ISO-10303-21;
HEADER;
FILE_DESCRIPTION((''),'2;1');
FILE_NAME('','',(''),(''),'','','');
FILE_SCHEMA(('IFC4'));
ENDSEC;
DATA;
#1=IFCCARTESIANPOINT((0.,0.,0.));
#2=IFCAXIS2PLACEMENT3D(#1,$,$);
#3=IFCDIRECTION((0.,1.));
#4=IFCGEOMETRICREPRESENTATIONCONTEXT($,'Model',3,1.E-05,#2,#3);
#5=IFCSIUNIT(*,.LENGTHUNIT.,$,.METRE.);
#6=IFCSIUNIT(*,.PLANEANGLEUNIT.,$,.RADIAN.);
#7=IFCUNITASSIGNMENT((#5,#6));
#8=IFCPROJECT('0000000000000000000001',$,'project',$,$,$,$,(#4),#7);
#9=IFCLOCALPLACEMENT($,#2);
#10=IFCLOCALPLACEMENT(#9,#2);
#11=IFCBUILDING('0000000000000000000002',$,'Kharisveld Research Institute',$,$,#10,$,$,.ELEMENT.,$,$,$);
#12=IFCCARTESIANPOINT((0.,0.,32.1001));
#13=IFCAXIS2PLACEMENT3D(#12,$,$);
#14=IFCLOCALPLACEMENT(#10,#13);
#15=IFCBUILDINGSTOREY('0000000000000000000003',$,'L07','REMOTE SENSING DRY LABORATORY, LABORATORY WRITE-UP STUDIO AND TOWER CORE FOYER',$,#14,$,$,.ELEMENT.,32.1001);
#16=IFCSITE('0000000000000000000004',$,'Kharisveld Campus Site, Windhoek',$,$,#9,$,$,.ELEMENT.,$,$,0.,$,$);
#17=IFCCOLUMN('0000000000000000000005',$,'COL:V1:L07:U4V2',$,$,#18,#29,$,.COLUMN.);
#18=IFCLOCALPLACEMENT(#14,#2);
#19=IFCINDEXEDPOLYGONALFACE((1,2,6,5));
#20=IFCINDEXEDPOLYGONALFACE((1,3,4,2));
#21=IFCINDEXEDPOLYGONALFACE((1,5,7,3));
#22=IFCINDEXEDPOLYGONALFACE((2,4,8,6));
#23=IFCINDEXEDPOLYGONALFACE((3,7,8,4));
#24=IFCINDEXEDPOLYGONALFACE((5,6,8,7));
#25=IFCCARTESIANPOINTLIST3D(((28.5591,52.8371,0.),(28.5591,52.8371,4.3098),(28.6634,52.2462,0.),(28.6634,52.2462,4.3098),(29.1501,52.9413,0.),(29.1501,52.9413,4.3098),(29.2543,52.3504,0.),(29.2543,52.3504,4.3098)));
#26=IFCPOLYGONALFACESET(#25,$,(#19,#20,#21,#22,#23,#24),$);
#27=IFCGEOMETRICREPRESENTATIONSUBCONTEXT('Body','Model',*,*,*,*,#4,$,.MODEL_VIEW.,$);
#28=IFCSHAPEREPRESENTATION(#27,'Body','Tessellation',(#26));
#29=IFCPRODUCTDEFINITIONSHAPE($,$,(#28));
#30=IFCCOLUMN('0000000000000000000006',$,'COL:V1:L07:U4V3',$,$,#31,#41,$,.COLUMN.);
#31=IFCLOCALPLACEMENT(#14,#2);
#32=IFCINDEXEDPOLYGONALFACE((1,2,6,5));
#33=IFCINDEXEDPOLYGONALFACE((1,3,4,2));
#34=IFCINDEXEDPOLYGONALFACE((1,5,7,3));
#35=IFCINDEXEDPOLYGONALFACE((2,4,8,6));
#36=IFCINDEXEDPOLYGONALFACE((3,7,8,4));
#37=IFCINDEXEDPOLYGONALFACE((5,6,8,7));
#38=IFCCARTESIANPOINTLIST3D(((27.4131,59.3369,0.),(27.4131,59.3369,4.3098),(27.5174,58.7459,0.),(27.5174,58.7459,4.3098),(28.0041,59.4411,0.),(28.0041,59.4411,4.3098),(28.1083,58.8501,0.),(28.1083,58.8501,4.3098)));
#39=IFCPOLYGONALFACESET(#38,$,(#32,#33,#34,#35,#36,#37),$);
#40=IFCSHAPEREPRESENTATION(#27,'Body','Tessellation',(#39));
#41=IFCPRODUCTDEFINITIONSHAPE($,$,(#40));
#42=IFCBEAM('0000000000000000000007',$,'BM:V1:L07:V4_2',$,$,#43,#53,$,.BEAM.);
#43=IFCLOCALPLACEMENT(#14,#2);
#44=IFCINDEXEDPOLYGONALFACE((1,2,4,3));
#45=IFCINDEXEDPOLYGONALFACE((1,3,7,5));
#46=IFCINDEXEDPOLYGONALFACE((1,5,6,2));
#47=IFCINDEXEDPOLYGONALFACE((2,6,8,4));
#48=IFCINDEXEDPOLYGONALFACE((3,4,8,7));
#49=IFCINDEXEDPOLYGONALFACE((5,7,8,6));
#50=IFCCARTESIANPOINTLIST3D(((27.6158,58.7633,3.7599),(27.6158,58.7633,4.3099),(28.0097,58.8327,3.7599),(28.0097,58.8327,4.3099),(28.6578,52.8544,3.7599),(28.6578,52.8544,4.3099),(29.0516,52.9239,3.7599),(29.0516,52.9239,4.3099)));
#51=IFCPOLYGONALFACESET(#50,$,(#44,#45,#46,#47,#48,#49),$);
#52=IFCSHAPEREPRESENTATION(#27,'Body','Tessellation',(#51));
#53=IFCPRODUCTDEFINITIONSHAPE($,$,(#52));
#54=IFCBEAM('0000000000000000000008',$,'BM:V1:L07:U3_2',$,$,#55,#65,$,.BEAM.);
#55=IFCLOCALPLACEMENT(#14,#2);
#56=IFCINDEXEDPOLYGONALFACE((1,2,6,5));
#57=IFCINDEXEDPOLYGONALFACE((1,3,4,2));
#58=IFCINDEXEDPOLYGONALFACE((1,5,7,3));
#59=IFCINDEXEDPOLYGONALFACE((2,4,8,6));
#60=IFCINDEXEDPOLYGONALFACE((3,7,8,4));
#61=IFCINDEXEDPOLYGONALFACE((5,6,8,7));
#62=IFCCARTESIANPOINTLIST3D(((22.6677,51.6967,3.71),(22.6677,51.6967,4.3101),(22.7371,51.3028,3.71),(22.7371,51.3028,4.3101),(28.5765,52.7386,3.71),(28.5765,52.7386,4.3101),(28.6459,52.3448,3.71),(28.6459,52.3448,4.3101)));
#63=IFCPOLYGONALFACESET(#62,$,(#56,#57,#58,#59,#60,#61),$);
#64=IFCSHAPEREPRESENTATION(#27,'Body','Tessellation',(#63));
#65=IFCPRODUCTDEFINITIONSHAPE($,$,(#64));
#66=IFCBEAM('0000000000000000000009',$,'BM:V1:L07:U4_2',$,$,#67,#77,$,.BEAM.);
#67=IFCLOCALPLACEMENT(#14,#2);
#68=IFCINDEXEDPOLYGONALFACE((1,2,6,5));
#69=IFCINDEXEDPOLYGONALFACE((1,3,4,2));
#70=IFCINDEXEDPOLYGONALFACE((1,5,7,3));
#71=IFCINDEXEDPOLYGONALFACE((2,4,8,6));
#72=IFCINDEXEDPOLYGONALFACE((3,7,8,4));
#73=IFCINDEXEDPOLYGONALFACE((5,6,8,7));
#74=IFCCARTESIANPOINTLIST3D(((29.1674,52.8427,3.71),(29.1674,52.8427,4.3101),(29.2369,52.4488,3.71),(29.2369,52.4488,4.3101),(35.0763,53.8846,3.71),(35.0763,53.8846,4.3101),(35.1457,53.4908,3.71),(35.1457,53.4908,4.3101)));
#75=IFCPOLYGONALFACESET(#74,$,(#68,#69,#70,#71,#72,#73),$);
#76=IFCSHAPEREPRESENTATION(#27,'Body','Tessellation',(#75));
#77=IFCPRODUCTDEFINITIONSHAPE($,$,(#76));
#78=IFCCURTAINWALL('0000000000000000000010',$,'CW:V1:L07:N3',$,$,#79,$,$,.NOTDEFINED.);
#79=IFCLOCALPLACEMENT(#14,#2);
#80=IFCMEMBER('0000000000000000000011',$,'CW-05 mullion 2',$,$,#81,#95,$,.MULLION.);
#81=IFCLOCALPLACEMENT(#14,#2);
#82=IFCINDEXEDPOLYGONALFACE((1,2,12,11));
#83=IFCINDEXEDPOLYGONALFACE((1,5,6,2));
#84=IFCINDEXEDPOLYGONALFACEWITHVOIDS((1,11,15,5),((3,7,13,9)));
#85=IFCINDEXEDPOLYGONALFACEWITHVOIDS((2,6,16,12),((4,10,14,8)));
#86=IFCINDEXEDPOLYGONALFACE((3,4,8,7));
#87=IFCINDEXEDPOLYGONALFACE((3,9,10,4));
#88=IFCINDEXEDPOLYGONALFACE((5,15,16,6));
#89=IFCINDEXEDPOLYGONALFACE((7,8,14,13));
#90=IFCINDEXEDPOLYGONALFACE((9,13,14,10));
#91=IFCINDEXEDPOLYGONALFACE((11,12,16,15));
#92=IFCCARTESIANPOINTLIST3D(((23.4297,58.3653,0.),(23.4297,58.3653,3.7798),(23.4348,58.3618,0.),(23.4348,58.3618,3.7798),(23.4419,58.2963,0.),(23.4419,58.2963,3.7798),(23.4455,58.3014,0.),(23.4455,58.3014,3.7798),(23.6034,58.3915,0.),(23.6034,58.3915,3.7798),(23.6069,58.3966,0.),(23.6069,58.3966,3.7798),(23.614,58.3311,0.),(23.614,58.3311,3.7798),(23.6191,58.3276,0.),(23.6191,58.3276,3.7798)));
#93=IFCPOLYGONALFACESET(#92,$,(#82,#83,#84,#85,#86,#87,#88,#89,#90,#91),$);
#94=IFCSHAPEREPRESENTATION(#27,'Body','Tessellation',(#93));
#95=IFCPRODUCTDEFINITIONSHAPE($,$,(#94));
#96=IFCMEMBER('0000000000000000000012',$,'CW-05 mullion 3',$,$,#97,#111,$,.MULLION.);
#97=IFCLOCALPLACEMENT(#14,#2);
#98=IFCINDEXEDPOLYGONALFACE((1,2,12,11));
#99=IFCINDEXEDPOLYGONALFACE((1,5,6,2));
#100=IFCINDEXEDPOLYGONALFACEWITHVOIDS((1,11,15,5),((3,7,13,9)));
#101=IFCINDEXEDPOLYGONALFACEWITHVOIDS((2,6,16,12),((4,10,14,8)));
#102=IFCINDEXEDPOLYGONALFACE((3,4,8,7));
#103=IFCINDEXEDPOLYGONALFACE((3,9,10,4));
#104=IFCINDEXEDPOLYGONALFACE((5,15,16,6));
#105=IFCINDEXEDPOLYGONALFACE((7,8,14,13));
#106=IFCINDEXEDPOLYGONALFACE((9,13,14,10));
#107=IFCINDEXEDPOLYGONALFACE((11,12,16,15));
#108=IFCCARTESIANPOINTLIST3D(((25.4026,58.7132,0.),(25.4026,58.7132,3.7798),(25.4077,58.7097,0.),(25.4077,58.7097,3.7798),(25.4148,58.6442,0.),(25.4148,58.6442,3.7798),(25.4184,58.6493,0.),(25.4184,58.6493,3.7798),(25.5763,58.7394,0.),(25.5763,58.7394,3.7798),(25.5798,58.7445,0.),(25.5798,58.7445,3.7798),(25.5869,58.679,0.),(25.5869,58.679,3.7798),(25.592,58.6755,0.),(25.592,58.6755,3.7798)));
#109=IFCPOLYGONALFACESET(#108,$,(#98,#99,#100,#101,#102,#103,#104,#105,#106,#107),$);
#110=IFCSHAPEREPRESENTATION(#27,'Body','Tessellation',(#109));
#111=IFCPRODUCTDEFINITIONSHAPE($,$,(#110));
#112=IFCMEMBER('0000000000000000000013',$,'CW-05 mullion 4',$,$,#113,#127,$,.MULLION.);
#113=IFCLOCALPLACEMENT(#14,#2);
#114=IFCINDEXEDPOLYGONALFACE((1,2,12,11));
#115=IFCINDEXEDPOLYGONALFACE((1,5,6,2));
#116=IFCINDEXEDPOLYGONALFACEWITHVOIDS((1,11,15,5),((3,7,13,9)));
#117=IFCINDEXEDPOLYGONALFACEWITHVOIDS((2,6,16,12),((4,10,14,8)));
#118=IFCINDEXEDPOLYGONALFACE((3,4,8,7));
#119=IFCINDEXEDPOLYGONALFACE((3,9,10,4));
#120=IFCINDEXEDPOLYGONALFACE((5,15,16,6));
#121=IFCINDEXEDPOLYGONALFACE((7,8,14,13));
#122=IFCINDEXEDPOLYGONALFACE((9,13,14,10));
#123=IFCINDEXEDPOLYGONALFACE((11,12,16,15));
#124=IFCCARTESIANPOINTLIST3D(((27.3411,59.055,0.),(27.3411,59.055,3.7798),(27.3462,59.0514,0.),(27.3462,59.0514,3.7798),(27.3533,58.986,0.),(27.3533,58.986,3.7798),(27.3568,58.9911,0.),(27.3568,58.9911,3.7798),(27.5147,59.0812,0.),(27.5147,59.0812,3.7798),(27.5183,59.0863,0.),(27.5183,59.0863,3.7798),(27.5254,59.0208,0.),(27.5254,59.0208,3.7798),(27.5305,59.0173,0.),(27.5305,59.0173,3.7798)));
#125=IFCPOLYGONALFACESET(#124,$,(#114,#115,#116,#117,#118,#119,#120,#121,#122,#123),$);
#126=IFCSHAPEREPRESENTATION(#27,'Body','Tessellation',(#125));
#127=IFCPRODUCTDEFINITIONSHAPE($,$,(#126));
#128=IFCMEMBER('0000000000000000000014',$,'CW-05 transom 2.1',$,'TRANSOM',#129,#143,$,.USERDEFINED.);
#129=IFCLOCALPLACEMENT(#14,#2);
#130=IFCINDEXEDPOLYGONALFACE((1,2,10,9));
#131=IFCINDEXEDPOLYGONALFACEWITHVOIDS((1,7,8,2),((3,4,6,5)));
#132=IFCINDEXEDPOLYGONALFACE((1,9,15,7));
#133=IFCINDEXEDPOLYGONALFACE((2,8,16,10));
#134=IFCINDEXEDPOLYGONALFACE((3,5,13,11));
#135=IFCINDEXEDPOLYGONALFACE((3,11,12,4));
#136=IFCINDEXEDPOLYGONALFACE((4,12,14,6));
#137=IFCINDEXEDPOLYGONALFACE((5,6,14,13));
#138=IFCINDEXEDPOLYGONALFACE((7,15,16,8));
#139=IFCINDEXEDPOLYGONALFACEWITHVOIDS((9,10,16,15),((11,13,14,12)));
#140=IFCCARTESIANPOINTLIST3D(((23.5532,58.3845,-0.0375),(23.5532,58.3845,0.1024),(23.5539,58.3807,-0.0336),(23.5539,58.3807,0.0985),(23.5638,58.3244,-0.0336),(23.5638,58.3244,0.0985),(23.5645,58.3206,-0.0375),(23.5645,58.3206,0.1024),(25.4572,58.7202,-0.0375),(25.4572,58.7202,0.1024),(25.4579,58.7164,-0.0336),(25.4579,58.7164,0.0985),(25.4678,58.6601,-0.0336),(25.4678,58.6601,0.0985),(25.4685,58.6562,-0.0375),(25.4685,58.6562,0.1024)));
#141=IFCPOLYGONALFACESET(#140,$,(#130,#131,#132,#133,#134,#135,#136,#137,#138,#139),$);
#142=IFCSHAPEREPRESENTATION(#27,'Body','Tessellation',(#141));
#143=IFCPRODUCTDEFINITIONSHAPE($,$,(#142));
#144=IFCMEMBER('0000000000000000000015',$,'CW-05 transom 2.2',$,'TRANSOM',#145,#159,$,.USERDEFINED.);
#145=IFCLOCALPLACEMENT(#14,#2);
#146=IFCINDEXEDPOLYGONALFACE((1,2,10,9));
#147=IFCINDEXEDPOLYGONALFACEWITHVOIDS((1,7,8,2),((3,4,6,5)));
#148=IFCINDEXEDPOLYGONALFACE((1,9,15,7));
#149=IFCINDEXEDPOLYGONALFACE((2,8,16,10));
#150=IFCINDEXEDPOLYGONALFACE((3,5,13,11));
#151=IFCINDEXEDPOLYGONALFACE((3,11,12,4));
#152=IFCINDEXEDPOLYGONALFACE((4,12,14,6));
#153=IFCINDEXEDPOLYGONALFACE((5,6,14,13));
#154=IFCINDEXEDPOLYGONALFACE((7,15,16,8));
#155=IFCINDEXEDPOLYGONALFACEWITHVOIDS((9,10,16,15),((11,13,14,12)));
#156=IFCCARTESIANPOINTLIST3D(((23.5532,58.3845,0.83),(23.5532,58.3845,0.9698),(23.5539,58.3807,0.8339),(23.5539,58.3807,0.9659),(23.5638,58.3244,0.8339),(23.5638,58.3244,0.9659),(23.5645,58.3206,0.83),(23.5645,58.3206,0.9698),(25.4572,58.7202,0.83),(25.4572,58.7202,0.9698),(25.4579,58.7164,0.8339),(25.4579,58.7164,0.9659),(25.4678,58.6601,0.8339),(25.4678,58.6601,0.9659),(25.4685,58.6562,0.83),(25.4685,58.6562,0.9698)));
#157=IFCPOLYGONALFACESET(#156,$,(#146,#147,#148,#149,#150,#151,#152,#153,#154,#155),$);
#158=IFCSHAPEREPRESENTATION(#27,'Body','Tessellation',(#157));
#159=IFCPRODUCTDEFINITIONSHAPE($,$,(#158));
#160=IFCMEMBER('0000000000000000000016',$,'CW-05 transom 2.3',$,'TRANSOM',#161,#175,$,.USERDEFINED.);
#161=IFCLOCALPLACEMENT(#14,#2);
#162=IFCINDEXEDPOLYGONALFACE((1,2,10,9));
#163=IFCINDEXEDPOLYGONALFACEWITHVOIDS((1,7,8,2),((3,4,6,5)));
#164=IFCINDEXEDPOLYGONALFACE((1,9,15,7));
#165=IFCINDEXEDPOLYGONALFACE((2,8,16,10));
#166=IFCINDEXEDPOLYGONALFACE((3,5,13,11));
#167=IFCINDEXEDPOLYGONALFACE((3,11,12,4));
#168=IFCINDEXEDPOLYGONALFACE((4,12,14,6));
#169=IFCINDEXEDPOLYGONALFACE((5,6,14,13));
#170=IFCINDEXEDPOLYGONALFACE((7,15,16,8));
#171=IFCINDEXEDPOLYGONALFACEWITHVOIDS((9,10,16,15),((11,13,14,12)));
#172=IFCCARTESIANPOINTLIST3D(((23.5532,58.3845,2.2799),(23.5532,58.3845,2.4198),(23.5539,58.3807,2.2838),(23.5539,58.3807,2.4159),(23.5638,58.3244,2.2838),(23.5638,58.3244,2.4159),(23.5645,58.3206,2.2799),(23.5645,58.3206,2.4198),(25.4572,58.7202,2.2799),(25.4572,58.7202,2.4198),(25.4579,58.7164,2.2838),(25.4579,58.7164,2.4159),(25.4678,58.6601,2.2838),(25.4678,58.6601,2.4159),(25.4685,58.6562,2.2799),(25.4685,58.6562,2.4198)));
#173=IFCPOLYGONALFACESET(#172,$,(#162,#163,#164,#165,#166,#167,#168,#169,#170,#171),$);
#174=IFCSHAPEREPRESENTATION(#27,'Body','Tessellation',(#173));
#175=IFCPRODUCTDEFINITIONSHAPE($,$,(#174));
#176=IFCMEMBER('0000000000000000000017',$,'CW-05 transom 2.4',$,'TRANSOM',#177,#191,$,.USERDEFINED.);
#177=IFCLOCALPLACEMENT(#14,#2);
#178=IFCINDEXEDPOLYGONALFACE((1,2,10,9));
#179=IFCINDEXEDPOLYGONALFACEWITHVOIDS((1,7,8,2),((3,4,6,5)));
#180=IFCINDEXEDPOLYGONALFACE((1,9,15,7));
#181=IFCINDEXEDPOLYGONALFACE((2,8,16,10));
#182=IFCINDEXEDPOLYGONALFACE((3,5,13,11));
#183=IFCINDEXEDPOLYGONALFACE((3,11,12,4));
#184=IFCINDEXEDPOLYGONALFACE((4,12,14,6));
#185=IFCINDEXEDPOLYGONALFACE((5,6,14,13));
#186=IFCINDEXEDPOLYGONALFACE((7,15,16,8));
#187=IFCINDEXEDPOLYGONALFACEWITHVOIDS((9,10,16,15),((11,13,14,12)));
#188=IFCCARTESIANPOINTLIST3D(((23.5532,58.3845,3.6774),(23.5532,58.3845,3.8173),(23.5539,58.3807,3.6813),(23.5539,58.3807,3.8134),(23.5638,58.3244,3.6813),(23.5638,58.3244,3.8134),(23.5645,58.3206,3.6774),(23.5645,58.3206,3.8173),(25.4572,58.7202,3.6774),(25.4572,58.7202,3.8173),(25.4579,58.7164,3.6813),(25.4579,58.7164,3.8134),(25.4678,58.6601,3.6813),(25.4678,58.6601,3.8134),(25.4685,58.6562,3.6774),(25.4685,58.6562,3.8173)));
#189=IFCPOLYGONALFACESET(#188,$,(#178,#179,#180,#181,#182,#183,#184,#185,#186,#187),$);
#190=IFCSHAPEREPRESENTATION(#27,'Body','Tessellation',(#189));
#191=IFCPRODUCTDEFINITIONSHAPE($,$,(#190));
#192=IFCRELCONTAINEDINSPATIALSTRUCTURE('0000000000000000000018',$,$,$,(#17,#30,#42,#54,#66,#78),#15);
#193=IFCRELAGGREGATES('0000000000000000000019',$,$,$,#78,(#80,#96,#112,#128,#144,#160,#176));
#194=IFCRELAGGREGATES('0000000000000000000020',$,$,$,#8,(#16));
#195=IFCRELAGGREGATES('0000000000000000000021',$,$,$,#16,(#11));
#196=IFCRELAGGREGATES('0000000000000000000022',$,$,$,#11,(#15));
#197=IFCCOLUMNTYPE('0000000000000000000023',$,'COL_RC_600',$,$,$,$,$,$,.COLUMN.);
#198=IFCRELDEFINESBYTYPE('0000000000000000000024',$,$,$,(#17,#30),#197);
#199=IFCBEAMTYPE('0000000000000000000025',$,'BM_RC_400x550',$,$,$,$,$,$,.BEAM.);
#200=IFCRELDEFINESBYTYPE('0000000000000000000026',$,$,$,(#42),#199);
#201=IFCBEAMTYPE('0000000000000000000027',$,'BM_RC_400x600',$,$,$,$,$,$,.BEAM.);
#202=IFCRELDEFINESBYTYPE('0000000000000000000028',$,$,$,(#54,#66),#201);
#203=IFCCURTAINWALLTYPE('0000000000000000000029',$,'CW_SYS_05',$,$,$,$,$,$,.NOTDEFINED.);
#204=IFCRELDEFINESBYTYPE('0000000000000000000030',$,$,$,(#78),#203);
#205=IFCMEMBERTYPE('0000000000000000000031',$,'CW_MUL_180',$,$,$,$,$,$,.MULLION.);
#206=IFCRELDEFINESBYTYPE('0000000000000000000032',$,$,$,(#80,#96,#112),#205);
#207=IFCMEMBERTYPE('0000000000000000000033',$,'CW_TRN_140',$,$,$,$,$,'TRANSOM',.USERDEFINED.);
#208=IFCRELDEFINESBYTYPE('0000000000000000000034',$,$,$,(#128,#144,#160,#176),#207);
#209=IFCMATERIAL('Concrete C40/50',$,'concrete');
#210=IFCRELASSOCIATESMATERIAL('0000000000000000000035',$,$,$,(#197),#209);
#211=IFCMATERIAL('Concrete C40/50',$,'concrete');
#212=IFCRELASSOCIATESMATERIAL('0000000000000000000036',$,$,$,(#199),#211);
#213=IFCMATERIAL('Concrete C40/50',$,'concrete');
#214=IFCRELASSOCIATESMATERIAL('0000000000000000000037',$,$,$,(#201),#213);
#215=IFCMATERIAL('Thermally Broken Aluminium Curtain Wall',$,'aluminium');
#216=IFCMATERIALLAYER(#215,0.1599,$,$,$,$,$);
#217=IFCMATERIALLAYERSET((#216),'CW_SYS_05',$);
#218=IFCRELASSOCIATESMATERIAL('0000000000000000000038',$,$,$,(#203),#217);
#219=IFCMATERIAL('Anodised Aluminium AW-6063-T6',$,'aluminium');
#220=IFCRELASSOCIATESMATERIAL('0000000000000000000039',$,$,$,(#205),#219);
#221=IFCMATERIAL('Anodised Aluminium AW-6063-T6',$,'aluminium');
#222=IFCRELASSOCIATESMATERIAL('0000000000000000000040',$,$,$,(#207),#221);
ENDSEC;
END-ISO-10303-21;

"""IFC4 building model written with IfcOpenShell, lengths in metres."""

from ifc_helpers import new_model, si_unit, direction, frame, origin, origin_2d, place, context, subcontext, project, spatial, rectangle, hollow_rectangle, extrude, material, layer, layer_set, material_profile, profile_set, type_object, element, aggregate, save


model = new_model("IFC4")

# Units and contexts
model_context = context("Model", 3, precision=1e-05, world=origin(), true_north=direction((0.0, 1.0)))
body_context = subcontext(model_context, "Body", "Model", "MODEL_VIEW")
ifc_project = project(units=[si_unit("LENGTHUNIT", "METRE"), si_unit("PLANEANGLEUNIT", "RADIAN")], contexts=[model_context])

# Site, building, storey
site_placement = place(None, origin())
site = spatial("IfcSite", under=ifc_project, at=site_placement, Name="Kharisveld Campus Site, Windhoek", CompositionType="ELEMENT", RefElevation=0.0)
building_placement = place(site_placement, origin())
building = spatial("IfcBuilding", under=site, at=building_placement, Name="Kharisveld Research Institute", CompositionType="ELEMENT")
storey_placement = place(building_placement, frame((0.0, 0.0, 32.1001)))
storey = spatial("IfcBuildingStorey", under=building, at=storey_placement, Name="L07", Description="REMOTE SENSING DRY LABORATORY, LABORATORY WRITE-UP STUDIO AND TOWER CORE FOYER", CompositionType="ELEMENT", Elevation=32.1001)

# Columns
ifc_material_1 = material(Name="Concrete C40/50", Category="concrete")
ifc_material_profile_1 = material_profile(ifc_material_1, rectangle(XDim=0.6001, YDim=0.6001, at=origin_2d()))
ifc_profile_set_1 = profile_set([ifc_material_profile_1], Name="Concrete C40/50")
column_type = type_object("IfcColumnType", Name="COL_RC_600", PredefinedType="COLUMN", material=ifc_profile_set_1)
for number, where, z_axis, x_axis, name in (
    (1, (28.9067, 52.5938, 0.0), (0.0, 0.0, 1.0), (0.984808, 0.173648, 0.0), "COL:V1:L07:U4V2"),
    (2, (27.7607, 59.0935, 0.0), (0.0, 0.0, 1.0), (0.984808, 0.173648, 0.0), "COL:V1:L07:U4V3"),
):
    element("IfcColumn", number, at=place(storey_placement, frame(where, z_axis=z_axis, x_axis=x_axis)), inside=storey, type_object=column_type, Name=name, PredefinedType="COLUMN", context=body_context, shape_type="SweptSolid", body=[
        extrude(rectangle(XDim=0.6001, YDim=0.6001, at=origin_2d()), origin(), (0.0, 0.0, 1.0), 4.3098),
    ])

# Beams
ifc_material_2 = material(Name="Concrete C40/50", Category="concrete")
ifc_material_profile_2 = material_profile(ifc_material_2, rectangle(XDim=0.3999, YDim=0.55, at=origin_2d()))
ifc_profile_set_2 = profile_set([ifc_material_profile_2], Name="Concrete C40/50")
beam_type_1 = type_object("IfcBeamType", Name="BM_RC_400x550", PredefinedType="BEAM", material=ifc_profile_set_2)
beam_1_placement = place(storey_placement, frame((28.8547, 52.8892, 4.0349), z_axis=(-0.173662, 0.984805, 0.0), x_axis=(-0.984805, -0.173662, 0.0)))
element("IfcBeam", 3, at=beam_1_placement, inside=storey, type_object=beam_type_1, Name="BM:V1:L07:V4_2", PredefinedType="BEAM", context=body_context, shape_type="SweptSolid", body=[
    extrude(rectangle(XDim=0.3999, YDim=0.55, at=origin_2d()), origin(), (0.0, 0.0, 1.0), 6.0),
])
ifc_material_3 = material(Name="Concrete C40/50", Category="concrete")
ifc_material_profile_3 = material_profile(ifc_material_3, rectangle(XDim=0.3999, YDim=0.6001, at=origin_2d()))
ifc_profile_set_3 = profile_set([ifc_material_profile_3], Name="Concrete C40/50")
beam_type_2 = type_object("IfcBeamType", Name="BM_RC_400x600", PredefinedType="BEAM", material=ifc_profile_set_3)
for number, where, z_axis, x_axis, name in (
    (4, (22.7024, 51.4998, 4.01), (0.984805, 0.173662, 0.0), (-0.173662, 0.984805, 0.0), "BM:V1:L07:U3_2"),
    (5, (29.2021, 52.6458, 4.01), (0.984805, 0.173662, 0.0), (-0.173662, 0.984805, 0.0), "BM:V1:L07:U4_2"),
):
    element("IfcBeam", number, at=place(storey_placement, frame(where, z_axis=z_axis, x_axis=x_axis)), inside=storey, type_object=beam_type_2, Name=name, PredefinedType="BEAM", context=body_context, shape_type="SweptSolid", body=[
        extrude(rectangle(XDim=0.3999, YDim=0.6001, at=origin_2d()), origin(), (0.0, 0.0, 1.0), 6.0),
    ])

# Curtain wall, members
ifc_material_4 = material(Name="Thermally Broken Aluminium Curtain Wall", Category="aluminium")
ifc_layer_1 = layer(ifc_material_4, 0.1599)
ifc_layer_set_1 = layer_set([ifc_layer_1], Name="CW_SYS_05")
curtain_wall_type = type_object("IfcCurtainWallType", Name="CW_SYS_05", PredefinedType="NOTDEFINED", material=ifc_layer_set_1)
curtain_wall_placement = place(storey_placement, origin())
curtain_wall = element("IfcCurtainWall", 6, at=curtain_wall_placement, inside=storey, type_object=curtain_wall_type, Name="CW:V1:L07:N3", PredefinedType="NOTDEFINED")
ifc_material_5 = material(Name="Anodised Aluminium AW-6063-T6", Category="aluminium")
ifc_material_profile_4 = material_profile(ifc_material_5, hollow_rectangle(XDim=0.0701, YDim=0.1799, WallThickness=0.0044, at=origin_2d()))
ifc_profile_set_4 = profile_set([ifc_material_profile_4], Name="Anodised Aluminium AW-6063-T6")
member_type_1 = type_object("IfcMemberType", Name="CW_MUL_180", PredefinedType="MULLION", material=ifc_profile_set_4)
member_1_placement = place(storey_placement, frame((23.5244, 58.3464, 0.0), z_axis=(0.0, 0.0, 1.0), x_axis=(-0.173648, 0.984808, 0.0)))
member_1 = element("IfcMember", 7, at=member_1_placement, type_object=member_type_1, Name="CW-05 mullion 2", PredefinedType="MULLION", context=body_context, shape_type="SweptSolid", body=[
    extrude(hollow_rectangle(XDim=0.0701, YDim=0.1799, WallThickness=0.0044, at=origin_2d()), origin(), (0.0, 0.0, 1.0), 3.7798),
])
member_2_placement = place(storey_placement, frame((25.4973, 58.6943, 0.0), z_axis=(0.0, 0.0, 1.0), x_axis=(-0.173648, 0.984808, 0.0)))
member_2 = element("IfcMember", 8, at=member_2_placement, type_object=member_type_1, Name="CW-05 mullion 3", PredefinedType="MULLION", context=body_context, shape_type="SweptSolid", body=[
    extrude(hollow_rectangle(XDim=0.0701, YDim=0.1799, WallThickness=0.0044, at=origin_2d()), origin(), (0.0, 0.0, 1.0), 3.7798),
])
member_3_placement = place(storey_placement, frame((27.4358, 59.0361, 0.0), z_axis=(0.0, 0.0, 1.0), x_axis=(-0.173648, 0.984808, 0.0)))
member_3 = element("IfcMember", 9, at=member_3_placement, type_object=member_type_1, Name="CW-05 mullion 4", PredefinedType="MULLION", context=body_context, shape_type="SweptSolid", body=[
    extrude(hollow_rectangle(XDim=0.0701, YDim=0.1799, WallThickness=0.0044, at=origin_2d()), origin(), (0.0, 0.0, 1.0), 3.7798),
])
ifc_material_6 = material(Name="Anodised Aluminium AW-6063-T6", Category="aluminium")
ifc_material_profile_5 = material_profile(ifc_material_6, hollow_rectangle(XDim=0.0649, YDim=0.1399, WallThickness=0.0039, at=origin_2d()))
ifc_profile_set_5 = profile_set([ifc_material_profile_5], Name="Anodised Aluminium AW-6063-T6")
member_type_2 = type_object("IfcMemberType", Name="CW_TRN_140", ElementType="TRANSOM", PredefinedType="USERDEFINED", material=ifc_profile_set_5)
member_4_placement = place(storey_placement, frame((23.5588, 58.3525, 0.0325), z_axis=(0.984812, 0.173627, 0.0), x_axis=(-0.173627, 0.984812, 0.0)))
member_4 = element("IfcMember", 10, at=member_4_placement, type_object=member_type_2, Name="CW-05 transom 2.1", ObjectType="TRANSOM", PredefinedType="USERDEFINED", context=body_context, shape_type="SweptSolid", body=[
    extrude(hollow_rectangle(XDim=0.0649, YDim=0.1399, WallThickness=0.0039, at=origin_2d()), origin(), (0.0, 0.0, 1.0), 1.9333),
])
member_5_placement = place(storey_placement, frame((23.5588, 58.3525, 0.8999), z_axis=(0.984812, 0.173627, 0.0), x_axis=(-0.173627, 0.984812, 0.0)))
member_5 = element("IfcMember", 11, at=member_5_placement, type_object=member_type_2, Name="CW-05 transom 2.2", ObjectType="TRANSOM", PredefinedType="USERDEFINED", context=body_context, shape_type="SweptSolid", body=[
    extrude(hollow_rectangle(XDim=0.0649, YDim=0.1399, WallThickness=0.0039, at=origin_2d()), origin(), (0.0, 0.0, 1.0), 1.9333),
])
member_6_placement = place(storey_placement, frame((23.5588, 58.3525, 2.3499), z_axis=(0.984812, 0.173627, 0.0), x_axis=(-0.173627, 0.984812, 0.0)))
member_6 = element("IfcMember", 12, at=member_6_placement, type_object=member_type_2, Name="CW-05 transom 2.3", ObjectType="TRANSOM", PredefinedType="USERDEFINED", context=body_context, shape_type="SweptSolid", body=[
    extrude(hollow_rectangle(XDim=0.0649, YDim=0.1399, WallThickness=0.0039, at=origin_2d()), origin(), (0.0, 0.0, 1.0), 1.9333),
])
member_7_placement = place(storey_placement, frame((23.5588, 58.3525, 3.7473), z_axis=(0.984812, 0.173627, 0.0), x_axis=(-0.173627, 0.984812, 0.0)))
member_7 = element("IfcMember", 13, at=member_7_placement, type_object=member_type_2, Name="CW-05 transom 2.4", ObjectType="TRANSOM", PredefinedType="USERDEFINED", context=body_context, shape_type="SweptSolid", body=[
    extrude(hollow_rectangle(XDim=0.0649, YDim=0.1399, WallThickness=0.0039, at=origin_2d()), origin(), (0.0, 0.0, 1.0), 1.9333),
])

aggregate(curtain_wall, [member_1, member_2, member_3, member_4, member_5, member_6, member_7])

save(model, "model.ifc")
